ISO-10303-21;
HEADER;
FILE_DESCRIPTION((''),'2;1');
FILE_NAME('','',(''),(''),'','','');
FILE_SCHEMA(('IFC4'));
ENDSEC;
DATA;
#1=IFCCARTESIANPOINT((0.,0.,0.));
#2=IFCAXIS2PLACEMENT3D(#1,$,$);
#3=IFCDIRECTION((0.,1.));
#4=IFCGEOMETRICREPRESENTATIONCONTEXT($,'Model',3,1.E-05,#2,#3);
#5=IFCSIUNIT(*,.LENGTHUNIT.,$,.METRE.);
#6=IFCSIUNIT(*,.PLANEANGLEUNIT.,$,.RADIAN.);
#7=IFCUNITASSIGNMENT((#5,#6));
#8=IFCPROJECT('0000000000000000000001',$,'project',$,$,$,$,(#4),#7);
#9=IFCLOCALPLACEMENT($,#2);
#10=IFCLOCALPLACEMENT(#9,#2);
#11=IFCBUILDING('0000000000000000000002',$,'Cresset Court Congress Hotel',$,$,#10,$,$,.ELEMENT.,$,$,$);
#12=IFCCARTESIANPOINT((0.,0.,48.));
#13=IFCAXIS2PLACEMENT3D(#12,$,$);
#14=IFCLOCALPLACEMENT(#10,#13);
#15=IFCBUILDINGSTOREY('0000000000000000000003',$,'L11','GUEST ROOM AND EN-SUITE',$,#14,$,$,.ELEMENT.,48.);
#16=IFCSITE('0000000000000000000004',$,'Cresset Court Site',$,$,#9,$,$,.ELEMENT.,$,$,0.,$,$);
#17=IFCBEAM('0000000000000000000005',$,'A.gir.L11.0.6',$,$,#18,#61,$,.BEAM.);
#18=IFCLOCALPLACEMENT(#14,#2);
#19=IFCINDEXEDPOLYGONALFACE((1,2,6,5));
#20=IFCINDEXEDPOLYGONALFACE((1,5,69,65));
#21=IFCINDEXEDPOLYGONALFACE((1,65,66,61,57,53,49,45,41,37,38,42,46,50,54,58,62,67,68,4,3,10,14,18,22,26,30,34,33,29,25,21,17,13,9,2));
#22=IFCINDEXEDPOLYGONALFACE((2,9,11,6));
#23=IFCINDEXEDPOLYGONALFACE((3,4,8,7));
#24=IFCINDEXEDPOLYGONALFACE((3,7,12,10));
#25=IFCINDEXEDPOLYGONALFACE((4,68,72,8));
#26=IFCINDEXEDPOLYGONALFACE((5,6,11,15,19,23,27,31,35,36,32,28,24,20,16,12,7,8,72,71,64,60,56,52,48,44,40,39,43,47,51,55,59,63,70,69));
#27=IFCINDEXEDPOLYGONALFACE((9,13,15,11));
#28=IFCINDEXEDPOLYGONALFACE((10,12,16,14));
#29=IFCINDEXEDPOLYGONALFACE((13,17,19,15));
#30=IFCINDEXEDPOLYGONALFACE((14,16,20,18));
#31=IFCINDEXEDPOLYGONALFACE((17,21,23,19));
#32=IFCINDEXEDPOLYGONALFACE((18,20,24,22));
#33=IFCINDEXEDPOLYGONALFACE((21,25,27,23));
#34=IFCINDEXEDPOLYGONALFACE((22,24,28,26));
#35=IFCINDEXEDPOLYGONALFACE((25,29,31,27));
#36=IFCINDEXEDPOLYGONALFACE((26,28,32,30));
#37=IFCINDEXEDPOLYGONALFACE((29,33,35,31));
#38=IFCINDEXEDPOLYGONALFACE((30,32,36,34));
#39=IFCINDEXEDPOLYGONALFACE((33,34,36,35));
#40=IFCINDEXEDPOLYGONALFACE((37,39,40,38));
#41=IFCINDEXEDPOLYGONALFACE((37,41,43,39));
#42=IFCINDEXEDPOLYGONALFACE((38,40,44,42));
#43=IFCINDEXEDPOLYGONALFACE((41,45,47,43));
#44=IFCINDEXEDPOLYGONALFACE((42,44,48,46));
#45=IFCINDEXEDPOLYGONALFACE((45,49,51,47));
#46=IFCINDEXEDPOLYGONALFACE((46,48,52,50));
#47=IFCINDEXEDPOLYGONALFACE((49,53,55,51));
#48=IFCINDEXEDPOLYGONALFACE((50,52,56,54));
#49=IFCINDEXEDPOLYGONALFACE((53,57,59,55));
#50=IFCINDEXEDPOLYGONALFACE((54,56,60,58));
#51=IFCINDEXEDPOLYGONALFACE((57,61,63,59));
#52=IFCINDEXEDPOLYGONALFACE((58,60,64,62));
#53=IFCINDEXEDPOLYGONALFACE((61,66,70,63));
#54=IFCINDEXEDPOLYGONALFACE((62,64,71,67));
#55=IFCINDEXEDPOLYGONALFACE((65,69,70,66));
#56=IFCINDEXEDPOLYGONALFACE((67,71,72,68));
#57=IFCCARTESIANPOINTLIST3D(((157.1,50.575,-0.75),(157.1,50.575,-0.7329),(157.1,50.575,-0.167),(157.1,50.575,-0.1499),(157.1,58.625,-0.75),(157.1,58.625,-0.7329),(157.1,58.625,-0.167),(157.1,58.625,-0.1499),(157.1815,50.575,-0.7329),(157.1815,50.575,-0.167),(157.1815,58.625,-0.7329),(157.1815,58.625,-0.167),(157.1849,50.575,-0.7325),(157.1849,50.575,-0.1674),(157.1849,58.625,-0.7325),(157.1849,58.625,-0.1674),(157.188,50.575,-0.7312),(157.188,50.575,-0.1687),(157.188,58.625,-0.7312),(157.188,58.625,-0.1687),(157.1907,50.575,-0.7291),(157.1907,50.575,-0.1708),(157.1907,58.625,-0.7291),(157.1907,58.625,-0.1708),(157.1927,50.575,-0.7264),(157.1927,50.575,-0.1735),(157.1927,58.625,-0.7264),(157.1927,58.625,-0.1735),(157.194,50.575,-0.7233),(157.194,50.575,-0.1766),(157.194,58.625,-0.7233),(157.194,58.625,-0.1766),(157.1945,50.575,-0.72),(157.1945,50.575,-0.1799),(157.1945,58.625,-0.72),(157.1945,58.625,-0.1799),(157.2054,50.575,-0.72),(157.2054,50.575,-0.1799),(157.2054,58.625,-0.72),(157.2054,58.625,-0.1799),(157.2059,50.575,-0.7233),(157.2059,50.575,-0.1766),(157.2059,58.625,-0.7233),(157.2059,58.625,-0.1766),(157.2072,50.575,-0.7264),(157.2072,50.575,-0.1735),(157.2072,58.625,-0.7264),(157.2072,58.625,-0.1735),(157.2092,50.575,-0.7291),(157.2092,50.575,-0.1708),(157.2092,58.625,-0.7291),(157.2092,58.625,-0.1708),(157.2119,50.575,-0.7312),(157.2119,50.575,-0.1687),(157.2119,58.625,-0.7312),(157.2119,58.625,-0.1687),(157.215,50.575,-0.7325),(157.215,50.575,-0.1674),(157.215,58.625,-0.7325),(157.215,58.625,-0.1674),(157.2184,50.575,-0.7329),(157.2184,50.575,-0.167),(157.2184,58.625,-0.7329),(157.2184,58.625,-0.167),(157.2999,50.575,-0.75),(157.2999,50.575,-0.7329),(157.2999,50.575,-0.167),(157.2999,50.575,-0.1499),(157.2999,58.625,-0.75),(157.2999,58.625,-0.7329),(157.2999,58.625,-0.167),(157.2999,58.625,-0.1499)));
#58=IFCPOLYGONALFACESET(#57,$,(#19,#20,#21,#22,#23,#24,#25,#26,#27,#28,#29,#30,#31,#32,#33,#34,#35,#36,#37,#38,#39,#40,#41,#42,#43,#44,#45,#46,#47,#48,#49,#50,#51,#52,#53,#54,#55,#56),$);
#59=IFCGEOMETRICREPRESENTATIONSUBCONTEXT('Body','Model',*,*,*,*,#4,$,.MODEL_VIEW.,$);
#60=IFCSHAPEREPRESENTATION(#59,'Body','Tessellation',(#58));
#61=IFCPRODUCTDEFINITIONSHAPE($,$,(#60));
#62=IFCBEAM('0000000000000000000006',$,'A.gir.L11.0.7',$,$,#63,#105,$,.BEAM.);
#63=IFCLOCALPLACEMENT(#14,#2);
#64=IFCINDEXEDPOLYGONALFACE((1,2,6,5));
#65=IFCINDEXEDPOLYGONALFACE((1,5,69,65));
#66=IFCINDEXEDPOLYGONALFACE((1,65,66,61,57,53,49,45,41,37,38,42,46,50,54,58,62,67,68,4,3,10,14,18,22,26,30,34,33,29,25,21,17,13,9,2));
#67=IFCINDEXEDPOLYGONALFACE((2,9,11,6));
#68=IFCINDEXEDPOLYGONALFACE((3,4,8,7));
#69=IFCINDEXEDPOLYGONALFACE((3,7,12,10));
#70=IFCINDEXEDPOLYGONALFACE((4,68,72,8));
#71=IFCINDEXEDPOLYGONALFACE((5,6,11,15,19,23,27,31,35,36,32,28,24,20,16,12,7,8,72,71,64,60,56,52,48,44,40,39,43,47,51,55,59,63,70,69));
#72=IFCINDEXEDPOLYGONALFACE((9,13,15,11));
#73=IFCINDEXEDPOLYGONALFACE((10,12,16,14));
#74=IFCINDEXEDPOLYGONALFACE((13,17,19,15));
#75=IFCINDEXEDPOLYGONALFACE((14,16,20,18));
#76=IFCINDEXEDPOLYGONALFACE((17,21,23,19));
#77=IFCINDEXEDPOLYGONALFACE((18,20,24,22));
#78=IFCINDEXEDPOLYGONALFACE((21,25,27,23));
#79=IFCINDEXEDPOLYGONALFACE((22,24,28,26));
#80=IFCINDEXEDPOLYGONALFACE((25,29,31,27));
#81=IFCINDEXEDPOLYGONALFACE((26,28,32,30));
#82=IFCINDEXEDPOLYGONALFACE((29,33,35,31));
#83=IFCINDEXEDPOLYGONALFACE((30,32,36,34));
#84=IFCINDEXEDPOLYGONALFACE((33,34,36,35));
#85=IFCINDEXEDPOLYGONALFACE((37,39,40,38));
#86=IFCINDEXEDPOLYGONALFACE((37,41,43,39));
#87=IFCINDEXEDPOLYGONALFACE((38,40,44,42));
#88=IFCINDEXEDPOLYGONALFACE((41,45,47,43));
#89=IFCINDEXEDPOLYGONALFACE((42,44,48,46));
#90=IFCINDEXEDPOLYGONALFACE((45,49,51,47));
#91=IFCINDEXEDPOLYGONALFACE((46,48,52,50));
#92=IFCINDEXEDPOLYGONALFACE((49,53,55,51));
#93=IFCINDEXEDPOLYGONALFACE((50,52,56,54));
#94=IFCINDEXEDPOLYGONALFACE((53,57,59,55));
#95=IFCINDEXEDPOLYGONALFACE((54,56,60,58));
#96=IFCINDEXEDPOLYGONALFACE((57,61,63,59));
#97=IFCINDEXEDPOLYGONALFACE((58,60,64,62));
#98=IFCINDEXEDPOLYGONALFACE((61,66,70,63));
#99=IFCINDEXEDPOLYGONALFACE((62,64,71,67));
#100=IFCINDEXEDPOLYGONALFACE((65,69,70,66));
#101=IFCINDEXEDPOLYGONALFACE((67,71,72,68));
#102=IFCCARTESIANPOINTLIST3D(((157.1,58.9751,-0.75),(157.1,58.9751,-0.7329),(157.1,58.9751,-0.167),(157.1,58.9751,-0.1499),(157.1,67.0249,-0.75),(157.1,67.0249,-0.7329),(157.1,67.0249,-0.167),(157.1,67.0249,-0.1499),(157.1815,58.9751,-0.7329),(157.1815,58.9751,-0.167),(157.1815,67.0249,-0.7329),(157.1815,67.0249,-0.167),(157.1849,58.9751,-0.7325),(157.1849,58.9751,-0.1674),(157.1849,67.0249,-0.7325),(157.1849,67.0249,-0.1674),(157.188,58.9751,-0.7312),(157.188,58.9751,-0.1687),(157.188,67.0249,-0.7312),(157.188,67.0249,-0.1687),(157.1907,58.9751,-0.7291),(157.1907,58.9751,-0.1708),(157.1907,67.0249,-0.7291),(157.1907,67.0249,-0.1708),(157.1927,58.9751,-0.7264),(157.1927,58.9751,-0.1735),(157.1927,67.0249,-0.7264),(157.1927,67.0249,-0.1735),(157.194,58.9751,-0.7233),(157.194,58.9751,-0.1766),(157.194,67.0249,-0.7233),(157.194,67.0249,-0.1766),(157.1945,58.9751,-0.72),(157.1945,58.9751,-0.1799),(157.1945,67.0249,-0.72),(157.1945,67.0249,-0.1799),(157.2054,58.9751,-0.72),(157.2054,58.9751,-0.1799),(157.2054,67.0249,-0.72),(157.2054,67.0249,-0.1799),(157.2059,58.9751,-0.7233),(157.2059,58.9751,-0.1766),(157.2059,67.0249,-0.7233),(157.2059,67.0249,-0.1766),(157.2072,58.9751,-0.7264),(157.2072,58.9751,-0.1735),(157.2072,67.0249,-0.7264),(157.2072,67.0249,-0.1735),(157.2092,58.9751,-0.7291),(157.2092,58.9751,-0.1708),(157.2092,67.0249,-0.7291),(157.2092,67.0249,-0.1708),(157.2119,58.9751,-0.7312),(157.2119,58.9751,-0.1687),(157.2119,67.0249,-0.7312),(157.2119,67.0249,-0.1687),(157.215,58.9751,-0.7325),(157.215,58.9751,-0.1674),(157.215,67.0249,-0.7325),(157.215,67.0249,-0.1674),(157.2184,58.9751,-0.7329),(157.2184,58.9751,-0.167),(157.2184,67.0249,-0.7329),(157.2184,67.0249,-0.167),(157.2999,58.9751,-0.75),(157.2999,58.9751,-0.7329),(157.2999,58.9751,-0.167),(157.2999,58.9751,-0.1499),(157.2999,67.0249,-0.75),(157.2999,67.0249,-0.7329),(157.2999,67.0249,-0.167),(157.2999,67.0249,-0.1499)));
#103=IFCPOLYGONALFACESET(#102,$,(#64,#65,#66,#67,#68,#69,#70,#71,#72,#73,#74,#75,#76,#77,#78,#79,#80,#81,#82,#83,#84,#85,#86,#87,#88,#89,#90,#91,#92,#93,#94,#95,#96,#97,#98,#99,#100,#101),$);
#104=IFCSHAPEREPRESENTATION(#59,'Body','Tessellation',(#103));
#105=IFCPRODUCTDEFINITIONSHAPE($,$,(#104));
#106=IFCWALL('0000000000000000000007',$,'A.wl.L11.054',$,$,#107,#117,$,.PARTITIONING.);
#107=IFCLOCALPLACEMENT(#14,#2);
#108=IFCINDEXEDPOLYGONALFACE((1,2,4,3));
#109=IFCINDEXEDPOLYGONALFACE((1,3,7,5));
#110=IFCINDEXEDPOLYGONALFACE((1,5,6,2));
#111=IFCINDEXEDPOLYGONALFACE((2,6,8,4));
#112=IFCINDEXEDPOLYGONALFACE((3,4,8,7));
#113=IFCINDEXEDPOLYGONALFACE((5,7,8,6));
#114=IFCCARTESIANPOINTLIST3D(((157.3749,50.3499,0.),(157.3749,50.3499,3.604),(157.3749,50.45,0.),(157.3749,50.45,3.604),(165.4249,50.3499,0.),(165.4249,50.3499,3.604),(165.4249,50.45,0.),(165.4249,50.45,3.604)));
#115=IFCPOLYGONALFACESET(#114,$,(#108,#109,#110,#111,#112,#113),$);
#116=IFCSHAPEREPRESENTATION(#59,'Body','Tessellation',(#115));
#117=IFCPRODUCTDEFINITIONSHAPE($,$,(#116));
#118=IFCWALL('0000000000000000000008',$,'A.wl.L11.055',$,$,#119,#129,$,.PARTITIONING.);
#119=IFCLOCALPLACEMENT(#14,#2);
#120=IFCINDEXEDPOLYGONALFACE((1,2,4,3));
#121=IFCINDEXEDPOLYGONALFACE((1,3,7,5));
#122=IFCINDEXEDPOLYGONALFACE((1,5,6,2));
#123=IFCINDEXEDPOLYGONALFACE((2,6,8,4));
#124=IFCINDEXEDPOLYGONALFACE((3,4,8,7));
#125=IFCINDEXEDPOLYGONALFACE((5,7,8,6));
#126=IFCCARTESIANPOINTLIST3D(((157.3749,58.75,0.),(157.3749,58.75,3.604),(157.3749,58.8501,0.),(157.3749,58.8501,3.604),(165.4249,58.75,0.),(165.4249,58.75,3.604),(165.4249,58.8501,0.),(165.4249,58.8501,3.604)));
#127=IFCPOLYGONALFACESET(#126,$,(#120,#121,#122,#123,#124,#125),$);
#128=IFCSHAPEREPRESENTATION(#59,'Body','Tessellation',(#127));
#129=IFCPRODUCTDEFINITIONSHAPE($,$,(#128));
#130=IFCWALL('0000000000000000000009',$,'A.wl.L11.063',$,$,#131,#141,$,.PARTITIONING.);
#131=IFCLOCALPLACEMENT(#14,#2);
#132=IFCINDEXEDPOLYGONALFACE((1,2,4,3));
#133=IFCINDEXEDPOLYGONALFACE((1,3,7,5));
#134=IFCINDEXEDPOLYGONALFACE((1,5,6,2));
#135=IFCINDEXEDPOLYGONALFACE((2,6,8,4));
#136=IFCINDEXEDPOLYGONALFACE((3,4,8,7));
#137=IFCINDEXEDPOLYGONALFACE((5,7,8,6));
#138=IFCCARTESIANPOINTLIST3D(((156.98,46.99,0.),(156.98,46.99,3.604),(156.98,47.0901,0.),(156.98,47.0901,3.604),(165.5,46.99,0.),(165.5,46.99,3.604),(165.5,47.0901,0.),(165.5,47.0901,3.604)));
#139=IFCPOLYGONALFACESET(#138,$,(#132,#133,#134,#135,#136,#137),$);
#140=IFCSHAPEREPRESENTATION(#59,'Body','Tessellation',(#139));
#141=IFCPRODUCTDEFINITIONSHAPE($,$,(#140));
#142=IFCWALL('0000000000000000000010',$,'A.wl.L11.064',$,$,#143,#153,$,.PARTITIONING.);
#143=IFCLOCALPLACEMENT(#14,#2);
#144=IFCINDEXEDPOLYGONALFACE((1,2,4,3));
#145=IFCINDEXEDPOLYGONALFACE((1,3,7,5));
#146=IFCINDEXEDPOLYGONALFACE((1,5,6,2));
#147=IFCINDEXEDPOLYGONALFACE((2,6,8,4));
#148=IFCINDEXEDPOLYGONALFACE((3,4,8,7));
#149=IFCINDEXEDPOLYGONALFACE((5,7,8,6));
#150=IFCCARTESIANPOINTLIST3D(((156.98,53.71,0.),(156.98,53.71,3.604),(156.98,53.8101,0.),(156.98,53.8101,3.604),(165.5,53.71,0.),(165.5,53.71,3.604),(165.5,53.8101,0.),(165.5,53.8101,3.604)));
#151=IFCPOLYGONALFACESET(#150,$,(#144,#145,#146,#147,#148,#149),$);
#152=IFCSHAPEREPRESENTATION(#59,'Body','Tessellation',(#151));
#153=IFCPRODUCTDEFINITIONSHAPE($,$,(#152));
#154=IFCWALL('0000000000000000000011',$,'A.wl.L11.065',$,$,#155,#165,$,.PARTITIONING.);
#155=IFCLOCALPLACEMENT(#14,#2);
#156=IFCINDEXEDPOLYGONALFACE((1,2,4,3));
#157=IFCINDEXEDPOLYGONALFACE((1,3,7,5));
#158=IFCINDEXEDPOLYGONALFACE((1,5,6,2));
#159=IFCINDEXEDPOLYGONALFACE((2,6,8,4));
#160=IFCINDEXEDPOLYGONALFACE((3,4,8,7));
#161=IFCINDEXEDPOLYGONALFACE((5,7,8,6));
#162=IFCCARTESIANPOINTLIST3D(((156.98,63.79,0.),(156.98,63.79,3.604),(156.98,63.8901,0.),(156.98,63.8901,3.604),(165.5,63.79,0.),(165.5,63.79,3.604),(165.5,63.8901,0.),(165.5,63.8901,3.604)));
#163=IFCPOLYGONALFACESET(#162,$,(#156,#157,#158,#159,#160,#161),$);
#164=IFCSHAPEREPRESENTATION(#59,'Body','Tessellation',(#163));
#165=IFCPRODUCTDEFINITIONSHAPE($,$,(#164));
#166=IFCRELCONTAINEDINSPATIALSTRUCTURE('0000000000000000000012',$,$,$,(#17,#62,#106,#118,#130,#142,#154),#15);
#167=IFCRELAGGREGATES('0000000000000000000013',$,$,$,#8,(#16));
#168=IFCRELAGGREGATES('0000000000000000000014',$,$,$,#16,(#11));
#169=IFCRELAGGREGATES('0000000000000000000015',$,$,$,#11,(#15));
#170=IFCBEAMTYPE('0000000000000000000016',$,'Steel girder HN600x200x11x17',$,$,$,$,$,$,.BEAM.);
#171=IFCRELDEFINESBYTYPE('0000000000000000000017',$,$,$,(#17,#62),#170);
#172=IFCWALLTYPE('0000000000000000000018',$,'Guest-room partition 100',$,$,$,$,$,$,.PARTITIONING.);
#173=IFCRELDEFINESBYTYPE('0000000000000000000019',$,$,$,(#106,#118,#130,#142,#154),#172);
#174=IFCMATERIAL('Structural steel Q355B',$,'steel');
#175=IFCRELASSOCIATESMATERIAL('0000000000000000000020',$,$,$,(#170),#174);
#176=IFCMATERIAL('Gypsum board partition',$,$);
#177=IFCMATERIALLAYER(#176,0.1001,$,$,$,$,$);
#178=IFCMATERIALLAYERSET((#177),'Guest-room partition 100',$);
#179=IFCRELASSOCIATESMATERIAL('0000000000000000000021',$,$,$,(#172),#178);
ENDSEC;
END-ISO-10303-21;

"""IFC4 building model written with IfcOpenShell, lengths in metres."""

from ifc_helpers import new_model, si_unit, direction, frame, frame_2d, origin, origin_2d, place, context, subcontext, project, spatial, rectangle, i_section, extrude, material, layer, layer_set, material_profile, profile_set, type_object, element, save


model = new_model("IFC4")

# Units and contexts
model_context = context("Model", 3, precision=1e-05, world=origin(), true_north=direction((0.0, 1.0)))
body_context = subcontext(model_context, "Body", "Model", "MODEL_VIEW")
ifc_project = project(units=[si_unit("LENGTHUNIT", "METRE"), si_unit("PLANEANGLEUNIT", "RADIAN")], contexts=[model_context])

# Site, building, storey
site_placement = place(None, origin())
site = spatial("IfcSite", under=ifc_project, at=site_placement, Name="Cresset Court Site", CompositionType="ELEMENT", RefElevation=0.0)
building_placement = place(site_placement, origin())
building = spatial("IfcBuilding", under=site, at=building_placement, Name="Cresset Court Congress Hotel", CompositionType="ELEMENT")
storey_placement = place(building_placement, frame((0.0, 0.0, 48.0)))
storey = spatial("IfcBuildingStorey", under=building, at=storey_placement, Name="L11", Description="GUEST ROOM AND EN-SUITE", CompositionType="ELEMENT", Elevation=48.0)

# Beams
ifc_material_1 = material(Name="Structural steel Q355B", Category="steel")
ifc_material_profile_1 = material_profile(ifc_material_1, i_section(OverallWidth=0.2, OverallDepth=0.6001, WebThickness=0.011, FlangeThickness=0.0171, FilletRadius=0.0129, at=origin_2d()), Name="HN600x200x11x17")
ifc_profile_set_1 = profile_set([ifc_material_profile_1], Name="Structural steel Q355B")
beam_type_1 = type_object("IfcBeamType", Name="Steel girder HN600x200x11x17", PredefinedType="BEAM", material=ifc_profile_set_1)
beam_1_placement = place(storey_placement, frame((157.2, 50.575, -0.45), z_axis=(0.0, 1.0, 0.0), x_axis=(-1.0, 0.0, 0.0)))
element("IfcBeam", 1, at=beam_1_placement, inside=storey, type_object=beam_type_1, Name="A.gir.L11.0.6", PredefinedType="BEAM", context=body_context, shape_type="SweptSolid", body=[
    extrude(i_section(OverallWidth=0.2, OverallDepth=0.6001, WebThickness=0.011, FlangeThickness=0.0171, FilletRadius=0.0129, at=origin_2d()), origin(), (0.0, 0.0, 1.0), 8.05),
])
beam_2_placement = place(storey_placement, frame((157.2, 58.9751, -0.45), z_axis=(0.0, 1.0, 0.0), x_axis=(-1.0, 0.0, 0.0)))
element("IfcBeam", 2, at=beam_2_placement, inside=storey, type_object=beam_type_1, Name="A.gir.L11.0.7", PredefinedType="BEAM", context=body_context, shape_type="SweptSolid", body=[
    extrude(i_section(OverallWidth=0.2, OverallDepth=0.6001, WebThickness=0.011, FlangeThickness=0.0171, FilletRadius=0.0129, at=origin_2d()), origin(), (0.0, 0.0, 1.0), 8.0498),
])

# Walls
ifc_material_2 = material(Name="Gypsum board partition")
ifc_layer = layer(ifc_material_2, 0.1001)
ifc_layer_set = layer_set([ifc_layer], Name="Guest-room partition 100")
wall_type = type_object("IfcWallType", Name="Guest-room partition 100", PredefinedType="PARTITIONING", material=ifc_layer_set)
for number, where, z_axis, x_axis, name in (
    (3, (157.375, 50.3999, 0.0), (0.0, 0.0, 1.0), (1.0, 0.0, 0.0), "A.wl.L11.054"),
    (4, (157.375, 58.8, 0.0), (0.0, 0.0, 1.0), (1.0, 0.0, 0.0), "A.wl.L11.055"),
):
    element("IfcWall", number, at=place(storey_placement, frame(where, z_axis=z_axis, x_axis=x_axis)), inside=storey, type_object=wall_type, Name=name, PredefinedType="PARTITIONING", context=body_context, shape_type="SweptSolid", body=[
        extrude(rectangle(XDim=8.05, YDim=0.1001, at=frame_2d((4.0249, 0.0))), origin(), (0.0, 0.0, 1.0), 3.604),
    ])
for number, where, z_axis, x_axis, name in (
    (5, (156.98, 47.04, 0.0), (0.0, 0.0, 1.0), (1.0, 0.0, 0.0), "A.wl.L11.063"),
    (6, (156.98, 53.76, 0.0), (0.0, 0.0, 1.0), (1.0, 0.0, 0.0), "A.wl.L11.064"),
    (7, (156.98, 63.8401, 0.0), (0.0, 0.0, 1.0), (1.0, 0.0, 0.0), "A.wl.L11.065"),
):
    element("IfcWall", number, at=place(storey_placement, frame(where, z_axis=z_axis, x_axis=x_axis)), inside=storey, type_object=wall_type, Name=name, PredefinedType="PARTITIONING", context=body_context, shape_type="SweptSolid", body=[
        extrude(rectangle(XDim=8.52, YDim=0.1001, at=frame_2d((4.26, 0.0))), origin(), (0.0, 0.0, 1.0), 3.604),
    ])

save(model, "model.ifc")
